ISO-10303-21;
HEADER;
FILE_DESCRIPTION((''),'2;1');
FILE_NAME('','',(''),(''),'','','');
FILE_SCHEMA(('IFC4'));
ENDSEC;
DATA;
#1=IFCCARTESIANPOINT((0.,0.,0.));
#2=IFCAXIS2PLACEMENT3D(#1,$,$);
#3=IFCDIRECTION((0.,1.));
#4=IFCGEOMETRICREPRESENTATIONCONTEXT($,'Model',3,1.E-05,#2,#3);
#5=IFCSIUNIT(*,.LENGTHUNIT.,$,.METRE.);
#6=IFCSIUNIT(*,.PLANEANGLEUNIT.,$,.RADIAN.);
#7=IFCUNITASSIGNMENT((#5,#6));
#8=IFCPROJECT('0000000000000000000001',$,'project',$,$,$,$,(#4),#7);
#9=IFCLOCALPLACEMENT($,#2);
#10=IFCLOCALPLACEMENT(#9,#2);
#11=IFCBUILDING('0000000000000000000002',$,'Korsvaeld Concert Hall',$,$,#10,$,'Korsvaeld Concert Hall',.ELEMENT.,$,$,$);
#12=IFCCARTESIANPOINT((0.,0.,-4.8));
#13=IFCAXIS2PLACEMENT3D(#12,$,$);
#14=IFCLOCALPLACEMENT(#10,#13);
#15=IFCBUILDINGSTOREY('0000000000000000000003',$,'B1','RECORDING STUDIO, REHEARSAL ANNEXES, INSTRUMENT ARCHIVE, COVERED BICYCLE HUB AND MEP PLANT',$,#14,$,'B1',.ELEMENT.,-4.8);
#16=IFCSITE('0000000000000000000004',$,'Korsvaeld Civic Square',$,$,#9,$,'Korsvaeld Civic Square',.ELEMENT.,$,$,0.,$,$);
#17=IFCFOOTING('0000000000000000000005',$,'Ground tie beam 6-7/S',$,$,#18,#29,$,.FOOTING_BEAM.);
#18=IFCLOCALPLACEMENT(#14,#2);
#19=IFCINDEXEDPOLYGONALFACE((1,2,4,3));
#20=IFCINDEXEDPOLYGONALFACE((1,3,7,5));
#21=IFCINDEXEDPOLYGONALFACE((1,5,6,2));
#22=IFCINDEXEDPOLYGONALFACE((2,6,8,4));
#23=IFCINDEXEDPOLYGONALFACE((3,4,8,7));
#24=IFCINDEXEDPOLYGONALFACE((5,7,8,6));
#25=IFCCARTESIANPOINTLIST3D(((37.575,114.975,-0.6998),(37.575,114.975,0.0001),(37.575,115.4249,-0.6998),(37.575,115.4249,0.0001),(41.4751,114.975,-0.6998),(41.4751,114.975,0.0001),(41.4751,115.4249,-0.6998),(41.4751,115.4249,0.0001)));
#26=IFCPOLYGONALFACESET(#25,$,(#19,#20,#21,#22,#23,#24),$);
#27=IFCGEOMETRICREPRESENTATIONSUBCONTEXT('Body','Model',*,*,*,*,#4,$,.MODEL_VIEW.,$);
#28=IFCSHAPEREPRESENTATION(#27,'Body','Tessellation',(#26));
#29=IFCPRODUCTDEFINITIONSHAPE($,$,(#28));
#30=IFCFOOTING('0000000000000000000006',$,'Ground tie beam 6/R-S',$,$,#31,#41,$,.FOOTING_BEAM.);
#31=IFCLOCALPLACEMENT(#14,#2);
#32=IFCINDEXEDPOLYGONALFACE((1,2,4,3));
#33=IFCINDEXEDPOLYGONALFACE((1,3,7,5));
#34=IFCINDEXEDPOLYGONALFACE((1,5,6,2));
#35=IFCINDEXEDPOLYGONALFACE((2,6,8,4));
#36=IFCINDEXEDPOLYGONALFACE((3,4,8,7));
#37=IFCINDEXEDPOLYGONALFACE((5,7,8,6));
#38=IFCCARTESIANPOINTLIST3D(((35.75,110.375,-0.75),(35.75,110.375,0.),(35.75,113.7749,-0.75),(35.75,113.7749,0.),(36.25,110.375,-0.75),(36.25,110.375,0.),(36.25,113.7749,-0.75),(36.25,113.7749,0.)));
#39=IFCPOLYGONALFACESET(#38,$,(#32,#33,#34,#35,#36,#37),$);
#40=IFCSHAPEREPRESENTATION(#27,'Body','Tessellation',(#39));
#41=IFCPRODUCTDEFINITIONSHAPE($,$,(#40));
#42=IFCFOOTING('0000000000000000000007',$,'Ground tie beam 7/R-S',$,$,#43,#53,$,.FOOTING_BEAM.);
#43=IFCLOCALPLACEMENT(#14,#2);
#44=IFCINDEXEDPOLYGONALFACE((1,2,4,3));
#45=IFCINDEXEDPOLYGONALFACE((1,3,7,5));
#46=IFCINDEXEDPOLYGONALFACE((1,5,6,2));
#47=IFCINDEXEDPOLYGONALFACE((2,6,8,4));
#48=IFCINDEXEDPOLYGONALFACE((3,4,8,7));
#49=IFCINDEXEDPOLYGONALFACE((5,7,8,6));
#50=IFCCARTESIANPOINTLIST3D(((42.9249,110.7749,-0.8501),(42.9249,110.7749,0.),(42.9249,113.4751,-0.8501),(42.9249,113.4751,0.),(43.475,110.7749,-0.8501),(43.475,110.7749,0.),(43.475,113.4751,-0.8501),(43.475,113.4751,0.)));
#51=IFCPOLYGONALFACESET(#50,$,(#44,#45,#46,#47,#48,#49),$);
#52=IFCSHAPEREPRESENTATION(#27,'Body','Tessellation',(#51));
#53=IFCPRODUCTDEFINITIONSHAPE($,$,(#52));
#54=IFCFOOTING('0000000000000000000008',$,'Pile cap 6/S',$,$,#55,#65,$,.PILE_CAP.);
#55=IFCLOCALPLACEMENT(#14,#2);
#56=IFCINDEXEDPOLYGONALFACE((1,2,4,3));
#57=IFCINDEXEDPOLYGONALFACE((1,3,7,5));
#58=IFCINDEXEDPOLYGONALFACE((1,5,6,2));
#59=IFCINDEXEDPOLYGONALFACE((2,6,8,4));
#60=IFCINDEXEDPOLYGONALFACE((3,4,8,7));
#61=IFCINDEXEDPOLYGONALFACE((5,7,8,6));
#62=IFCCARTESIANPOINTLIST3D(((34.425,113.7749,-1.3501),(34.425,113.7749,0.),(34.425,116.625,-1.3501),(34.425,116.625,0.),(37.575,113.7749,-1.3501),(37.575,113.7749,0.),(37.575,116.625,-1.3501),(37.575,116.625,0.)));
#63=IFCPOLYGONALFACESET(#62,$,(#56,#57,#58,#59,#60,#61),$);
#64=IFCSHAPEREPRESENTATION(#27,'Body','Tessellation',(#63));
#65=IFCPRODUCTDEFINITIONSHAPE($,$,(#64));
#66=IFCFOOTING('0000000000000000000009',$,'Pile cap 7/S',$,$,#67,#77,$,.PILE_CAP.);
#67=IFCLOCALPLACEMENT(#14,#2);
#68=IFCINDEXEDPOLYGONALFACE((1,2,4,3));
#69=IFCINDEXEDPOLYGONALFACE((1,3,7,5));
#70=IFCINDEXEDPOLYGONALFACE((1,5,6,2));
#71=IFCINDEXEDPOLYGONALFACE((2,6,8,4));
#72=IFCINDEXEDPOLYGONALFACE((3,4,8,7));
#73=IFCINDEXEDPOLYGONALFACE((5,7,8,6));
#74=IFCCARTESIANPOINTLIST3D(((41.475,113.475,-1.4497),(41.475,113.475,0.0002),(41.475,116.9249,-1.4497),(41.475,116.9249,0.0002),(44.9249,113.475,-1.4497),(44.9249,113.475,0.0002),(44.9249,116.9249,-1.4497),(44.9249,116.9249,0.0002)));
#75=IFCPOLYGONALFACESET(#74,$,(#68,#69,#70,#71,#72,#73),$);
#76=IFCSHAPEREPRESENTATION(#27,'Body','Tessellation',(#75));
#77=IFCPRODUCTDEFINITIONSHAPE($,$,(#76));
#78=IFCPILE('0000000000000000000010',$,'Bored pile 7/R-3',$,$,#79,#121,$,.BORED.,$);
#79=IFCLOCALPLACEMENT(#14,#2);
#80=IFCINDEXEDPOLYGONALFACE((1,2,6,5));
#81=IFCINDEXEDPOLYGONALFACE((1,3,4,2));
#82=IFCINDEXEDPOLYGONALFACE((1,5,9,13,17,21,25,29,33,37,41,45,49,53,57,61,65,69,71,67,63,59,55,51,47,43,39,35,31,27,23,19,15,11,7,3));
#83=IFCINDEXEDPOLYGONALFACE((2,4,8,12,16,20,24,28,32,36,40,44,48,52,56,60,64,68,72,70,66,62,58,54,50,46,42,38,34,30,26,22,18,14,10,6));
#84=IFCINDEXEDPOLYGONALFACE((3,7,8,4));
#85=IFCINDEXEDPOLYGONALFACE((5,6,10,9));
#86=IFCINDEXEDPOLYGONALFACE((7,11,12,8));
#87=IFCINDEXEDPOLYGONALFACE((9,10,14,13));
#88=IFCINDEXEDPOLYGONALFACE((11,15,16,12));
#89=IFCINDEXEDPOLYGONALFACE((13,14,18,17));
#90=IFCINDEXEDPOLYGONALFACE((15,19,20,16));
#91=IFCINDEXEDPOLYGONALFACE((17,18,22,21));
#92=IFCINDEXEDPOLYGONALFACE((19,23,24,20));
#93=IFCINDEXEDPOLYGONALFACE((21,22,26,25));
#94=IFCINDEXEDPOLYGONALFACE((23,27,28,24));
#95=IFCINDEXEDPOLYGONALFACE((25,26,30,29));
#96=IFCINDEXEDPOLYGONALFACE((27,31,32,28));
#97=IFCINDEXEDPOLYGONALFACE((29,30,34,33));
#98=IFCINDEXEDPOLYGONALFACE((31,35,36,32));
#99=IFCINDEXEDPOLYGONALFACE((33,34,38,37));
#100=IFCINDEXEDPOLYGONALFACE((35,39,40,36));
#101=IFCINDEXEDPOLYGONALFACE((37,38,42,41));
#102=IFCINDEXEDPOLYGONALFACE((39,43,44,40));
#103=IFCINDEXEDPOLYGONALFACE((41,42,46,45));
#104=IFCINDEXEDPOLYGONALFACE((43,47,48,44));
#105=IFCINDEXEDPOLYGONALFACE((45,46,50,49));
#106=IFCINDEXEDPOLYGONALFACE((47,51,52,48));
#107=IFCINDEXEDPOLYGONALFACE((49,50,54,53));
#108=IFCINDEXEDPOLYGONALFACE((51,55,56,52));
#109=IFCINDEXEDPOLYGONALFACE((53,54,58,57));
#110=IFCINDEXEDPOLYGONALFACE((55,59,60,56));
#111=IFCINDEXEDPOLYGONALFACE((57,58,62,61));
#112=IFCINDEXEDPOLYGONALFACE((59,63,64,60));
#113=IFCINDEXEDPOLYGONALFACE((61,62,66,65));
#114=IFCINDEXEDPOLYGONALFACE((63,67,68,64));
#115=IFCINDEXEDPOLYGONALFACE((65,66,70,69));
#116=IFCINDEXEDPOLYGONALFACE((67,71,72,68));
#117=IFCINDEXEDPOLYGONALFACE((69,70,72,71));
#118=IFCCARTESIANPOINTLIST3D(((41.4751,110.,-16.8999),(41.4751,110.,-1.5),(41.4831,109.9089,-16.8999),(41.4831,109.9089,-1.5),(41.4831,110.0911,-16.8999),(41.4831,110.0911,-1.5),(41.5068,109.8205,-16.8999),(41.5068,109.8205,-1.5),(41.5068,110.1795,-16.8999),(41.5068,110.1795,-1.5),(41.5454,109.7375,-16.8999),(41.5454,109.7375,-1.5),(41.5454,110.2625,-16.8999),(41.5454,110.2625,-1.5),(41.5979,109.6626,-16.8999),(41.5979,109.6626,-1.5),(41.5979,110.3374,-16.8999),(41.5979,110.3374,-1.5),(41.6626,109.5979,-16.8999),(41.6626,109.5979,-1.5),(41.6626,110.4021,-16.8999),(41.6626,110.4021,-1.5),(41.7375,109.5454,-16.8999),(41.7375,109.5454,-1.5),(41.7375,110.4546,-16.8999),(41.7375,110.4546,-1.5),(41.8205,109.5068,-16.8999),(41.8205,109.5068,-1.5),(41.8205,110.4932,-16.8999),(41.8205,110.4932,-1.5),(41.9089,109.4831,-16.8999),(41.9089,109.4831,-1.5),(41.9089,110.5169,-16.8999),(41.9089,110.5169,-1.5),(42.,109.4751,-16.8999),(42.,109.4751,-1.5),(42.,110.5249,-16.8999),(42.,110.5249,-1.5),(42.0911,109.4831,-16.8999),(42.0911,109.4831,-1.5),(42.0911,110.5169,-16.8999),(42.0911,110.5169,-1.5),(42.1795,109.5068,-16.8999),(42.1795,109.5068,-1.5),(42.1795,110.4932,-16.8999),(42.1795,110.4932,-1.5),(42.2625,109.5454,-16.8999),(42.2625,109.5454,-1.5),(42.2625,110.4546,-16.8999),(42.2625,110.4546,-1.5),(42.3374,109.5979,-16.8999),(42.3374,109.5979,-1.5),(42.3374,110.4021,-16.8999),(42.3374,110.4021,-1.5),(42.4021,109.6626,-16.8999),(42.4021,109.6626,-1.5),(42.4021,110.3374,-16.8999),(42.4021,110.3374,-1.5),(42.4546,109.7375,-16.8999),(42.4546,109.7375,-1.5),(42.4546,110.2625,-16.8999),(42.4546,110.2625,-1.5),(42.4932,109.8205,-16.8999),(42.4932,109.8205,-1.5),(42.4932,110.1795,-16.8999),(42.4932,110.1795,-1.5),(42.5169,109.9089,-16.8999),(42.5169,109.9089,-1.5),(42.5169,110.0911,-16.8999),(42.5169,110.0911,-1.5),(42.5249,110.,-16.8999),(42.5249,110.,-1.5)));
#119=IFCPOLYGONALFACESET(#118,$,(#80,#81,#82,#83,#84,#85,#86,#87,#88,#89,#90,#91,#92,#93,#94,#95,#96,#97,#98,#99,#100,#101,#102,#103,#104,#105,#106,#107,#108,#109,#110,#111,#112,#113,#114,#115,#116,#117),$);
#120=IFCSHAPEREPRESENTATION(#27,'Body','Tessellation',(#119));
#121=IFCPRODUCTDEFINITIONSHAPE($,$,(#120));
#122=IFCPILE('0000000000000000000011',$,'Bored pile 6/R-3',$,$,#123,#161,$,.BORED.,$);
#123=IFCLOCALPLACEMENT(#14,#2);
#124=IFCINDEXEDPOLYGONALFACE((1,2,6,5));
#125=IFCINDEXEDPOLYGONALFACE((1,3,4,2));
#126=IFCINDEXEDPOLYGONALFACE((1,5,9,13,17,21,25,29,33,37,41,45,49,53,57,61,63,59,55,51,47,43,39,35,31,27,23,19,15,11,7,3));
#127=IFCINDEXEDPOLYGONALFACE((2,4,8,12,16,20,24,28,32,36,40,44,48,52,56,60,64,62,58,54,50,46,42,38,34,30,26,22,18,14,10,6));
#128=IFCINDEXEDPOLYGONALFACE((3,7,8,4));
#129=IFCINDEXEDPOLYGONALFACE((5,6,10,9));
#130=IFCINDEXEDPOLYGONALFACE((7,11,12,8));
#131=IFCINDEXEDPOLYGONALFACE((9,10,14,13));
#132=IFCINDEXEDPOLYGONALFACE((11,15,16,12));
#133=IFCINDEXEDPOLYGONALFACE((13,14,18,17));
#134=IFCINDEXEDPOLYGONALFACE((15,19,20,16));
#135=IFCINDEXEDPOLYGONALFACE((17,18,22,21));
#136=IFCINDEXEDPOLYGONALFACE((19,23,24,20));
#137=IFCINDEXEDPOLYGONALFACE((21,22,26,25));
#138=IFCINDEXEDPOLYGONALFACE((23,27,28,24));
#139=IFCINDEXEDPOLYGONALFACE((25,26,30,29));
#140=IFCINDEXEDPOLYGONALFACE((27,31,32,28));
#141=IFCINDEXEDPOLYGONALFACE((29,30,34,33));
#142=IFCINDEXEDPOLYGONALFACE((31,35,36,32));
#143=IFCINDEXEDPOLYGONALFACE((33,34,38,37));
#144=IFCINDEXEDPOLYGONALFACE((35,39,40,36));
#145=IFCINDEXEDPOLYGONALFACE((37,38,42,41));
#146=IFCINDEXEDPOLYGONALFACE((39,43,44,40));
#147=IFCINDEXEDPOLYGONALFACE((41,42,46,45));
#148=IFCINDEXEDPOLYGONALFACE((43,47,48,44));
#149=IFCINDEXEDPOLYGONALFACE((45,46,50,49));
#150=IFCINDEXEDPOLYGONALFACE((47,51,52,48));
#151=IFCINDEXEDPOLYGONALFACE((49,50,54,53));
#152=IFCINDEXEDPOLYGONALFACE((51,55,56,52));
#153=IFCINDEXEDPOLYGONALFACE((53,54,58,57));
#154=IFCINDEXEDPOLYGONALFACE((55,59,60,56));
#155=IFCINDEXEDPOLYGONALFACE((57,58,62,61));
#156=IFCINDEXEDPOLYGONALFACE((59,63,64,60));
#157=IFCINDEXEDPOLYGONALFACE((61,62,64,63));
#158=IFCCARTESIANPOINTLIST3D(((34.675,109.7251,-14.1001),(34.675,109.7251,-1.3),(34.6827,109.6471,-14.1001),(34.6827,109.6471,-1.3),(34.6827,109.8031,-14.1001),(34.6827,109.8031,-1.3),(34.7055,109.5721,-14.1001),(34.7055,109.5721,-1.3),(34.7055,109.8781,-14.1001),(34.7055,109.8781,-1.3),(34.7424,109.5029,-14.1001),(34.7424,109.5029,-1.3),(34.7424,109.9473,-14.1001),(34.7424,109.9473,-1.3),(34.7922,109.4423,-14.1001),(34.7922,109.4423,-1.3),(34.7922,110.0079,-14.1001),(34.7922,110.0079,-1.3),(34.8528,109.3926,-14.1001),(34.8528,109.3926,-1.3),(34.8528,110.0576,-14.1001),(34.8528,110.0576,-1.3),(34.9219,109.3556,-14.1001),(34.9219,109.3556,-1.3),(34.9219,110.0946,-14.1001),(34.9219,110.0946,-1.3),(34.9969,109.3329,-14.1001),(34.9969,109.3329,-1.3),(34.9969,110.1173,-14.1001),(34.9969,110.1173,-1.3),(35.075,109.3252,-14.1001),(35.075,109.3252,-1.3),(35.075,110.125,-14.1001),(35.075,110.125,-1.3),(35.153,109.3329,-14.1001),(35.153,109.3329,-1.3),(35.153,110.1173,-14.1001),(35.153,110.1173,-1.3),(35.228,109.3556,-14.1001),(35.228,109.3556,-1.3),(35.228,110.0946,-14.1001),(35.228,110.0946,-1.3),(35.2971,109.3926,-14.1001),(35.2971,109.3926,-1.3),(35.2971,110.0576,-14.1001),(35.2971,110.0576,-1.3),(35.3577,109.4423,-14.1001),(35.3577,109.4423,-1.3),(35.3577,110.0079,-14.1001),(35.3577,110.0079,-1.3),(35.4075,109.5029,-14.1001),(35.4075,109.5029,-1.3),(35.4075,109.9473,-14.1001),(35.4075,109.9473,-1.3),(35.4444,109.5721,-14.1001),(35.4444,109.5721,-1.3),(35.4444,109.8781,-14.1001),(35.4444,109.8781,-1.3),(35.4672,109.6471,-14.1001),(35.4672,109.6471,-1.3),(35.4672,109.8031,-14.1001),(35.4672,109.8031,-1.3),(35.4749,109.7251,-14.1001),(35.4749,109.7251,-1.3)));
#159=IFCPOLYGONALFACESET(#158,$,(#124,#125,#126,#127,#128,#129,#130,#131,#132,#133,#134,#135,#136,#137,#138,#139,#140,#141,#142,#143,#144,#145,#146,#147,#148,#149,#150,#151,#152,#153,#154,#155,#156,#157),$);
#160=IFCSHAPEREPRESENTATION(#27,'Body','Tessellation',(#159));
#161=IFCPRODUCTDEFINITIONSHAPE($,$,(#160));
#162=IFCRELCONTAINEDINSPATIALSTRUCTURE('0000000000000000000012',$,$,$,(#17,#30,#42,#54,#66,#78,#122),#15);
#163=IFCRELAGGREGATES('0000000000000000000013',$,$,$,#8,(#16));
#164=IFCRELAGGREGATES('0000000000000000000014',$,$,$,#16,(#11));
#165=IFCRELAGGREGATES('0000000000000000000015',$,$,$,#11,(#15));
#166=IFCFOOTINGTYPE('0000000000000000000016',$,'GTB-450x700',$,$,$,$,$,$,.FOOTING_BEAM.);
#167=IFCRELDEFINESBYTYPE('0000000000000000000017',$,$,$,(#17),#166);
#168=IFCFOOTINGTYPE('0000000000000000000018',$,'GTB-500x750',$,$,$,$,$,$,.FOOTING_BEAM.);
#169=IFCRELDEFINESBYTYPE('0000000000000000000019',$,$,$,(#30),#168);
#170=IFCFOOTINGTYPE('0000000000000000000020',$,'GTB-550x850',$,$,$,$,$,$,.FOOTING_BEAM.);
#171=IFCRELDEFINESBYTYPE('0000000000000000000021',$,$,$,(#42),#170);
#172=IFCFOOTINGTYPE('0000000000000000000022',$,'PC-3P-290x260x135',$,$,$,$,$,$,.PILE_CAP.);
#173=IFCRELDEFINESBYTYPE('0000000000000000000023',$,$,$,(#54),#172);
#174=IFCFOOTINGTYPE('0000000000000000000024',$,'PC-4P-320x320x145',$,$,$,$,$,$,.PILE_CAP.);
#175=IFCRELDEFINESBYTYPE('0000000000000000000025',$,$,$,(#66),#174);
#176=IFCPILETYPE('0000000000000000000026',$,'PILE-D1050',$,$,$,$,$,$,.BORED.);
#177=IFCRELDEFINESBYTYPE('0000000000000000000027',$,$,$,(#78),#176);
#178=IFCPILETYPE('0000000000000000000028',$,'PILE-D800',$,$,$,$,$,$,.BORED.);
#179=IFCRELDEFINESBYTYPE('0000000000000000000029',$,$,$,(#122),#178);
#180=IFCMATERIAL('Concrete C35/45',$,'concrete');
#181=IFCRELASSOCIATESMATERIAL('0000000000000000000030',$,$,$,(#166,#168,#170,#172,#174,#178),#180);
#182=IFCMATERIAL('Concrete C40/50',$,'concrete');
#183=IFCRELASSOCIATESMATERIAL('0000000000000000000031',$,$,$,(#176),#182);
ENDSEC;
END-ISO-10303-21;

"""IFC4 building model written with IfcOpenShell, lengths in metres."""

from ifc_helpers import new_model, si_unit, direction, frame, origin, origin_2d, place, context, subcontext, project, spatial, rectangle, circle, extrude, material, material_profile, profile_set, type_object, element, save


model = new_model("IFC4")

# Units and contexts
model_context = context("Model", 3, precision=1e-05, world=origin(), true_north=direction((0.0, 1.0)))
body_context = subcontext(model_context, "Body", "Model", "MODEL_VIEW")
ifc_project = project(units=[si_unit("LENGTHUNIT", "METRE"), si_unit("PLANEANGLEUNIT", "RADIAN")], contexts=[model_context])

# Site, building, storey
site_placement = place(None, origin())
site = spatial("IfcSite", under=ifc_project, at=site_placement, Name="Korsvaeld Civic Square", LongName="Korsvaeld Civic Square", CompositionType="ELEMENT", RefElevation=0.0)
building_placement = place(site_placement, origin())
building = spatial("IfcBuilding", under=site, at=building_placement, Name="Korsvaeld Concert Hall", LongName="Korsvaeld Concert Hall", CompositionType="ELEMENT")
storey_placement = place(building_placement, frame((0.0, 0.0, -4.8)))
storey = spatial("IfcBuildingStorey", under=building, at=storey_placement, Name="B1", Description="RECORDING STUDIO, REHEARSAL ANNEXES, INSTRUMENT ARCHIVE, COVERED BICYCLE HUB AND MEP PLANT", LongName="B1", CompositionType="ELEMENT", Elevation=-4.8)

# Footings
ifc_material_1 = material(Name="Concrete C35/45", Category="concrete")
ifc_material_profile_1 = material_profile(ifc_material_1, rectangle(XDim=0.45, YDim=0.7, at=origin_2d()), Name="GTB 450x700")
ifc_profile_set_1 = profile_set([ifc_material_profile_1], Name="Concrete C35/45")
footing_type_1 = type_object("IfcFootingType", Name="GTB-450x700", PredefinedType="FOOTING_BEAM", material=ifc_profile_set_1)
footing_1_placement = place(storey_placement, frame((37.575, 115.2, -0.3499), z_axis=(1.0, 0.0, 0.0), x_axis=(0.0, 1.0, 0.0)))
element("IfcFooting", 1, at=footing_1_placement, inside=storey, type_object=footing_type_1, Name="Ground tie beam 6-7/S", PredefinedType="FOOTING_BEAM", context=body_context, shape_type="SweptSolid", body=[
    extrude(rectangle(XDim=0.45, YDim=0.7, at=origin_2d()), origin(), (0.0, 0.0, 1.0), 3.9001),
])
ifc_material_profile_2 = material_profile(ifc_material_1, rectangle(XDim=0.5, YDim=0.75, at=origin_2d()), Name="GTB 500x750")
ifc_profile_set_2 = profile_set([ifc_material_profile_2], Name="Concrete C35/45")
footing_type_2 = type_object("IfcFootingType", Name="GTB-500x750", PredefinedType="FOOTING_BEAM", material=ifc_profile_set_2)
footing_2_placement = place(storey_placement, frame((36.0, 110.375, -0.375), z_axis=(0.0, 1.0, 0.0), x_axis=(-1.0, 0.0, 0.0)))
element("IfcFooting", 2, at=footing_2_placement, inside=storey, type_object=footing_type_2, Name="Ground tie beam 6/R-S", PredefinedType="FOOTING_BEAM", context=body_context, shape_type="SweptSolid", body=[
    extrude(rectangle(XDim=0.5, YDim=0.75, at=origin_2d()), origin(), (0.0, 0.0, 1.0), 3.3999),
])
ifc_material_profile_3 = material_profile(ifc_material_1, rectangle(XDim=0.55, YDim=0.8501, at=origin_2d()), Name="GTB 550x850")
ifc_profile_set_3 = profile_set([ifc_material_profile_3], Name="Concrete C35/45")
footing_type_3 = type_object("IfcFootingType", Name="GTB-550x850", PredefinedType="FOOTING_BEAM", material=ifc_profile_set_3)
footing_3_placement = place(storey_placement, frame((43.2, 110.7749, -0.425), z_axis=(0.0, 1.0, 0.0), x_axis=(-1.0, 0.0, 0.0)))
element("IfcFooting", 3, at=footing_3_placement, inside=storey, type_object=footing_type_3, Name="Ground tie beam 7/R-S", PredefinedType="FOOTING_BEAM", context=body_context, shape_type="SweptSolid", body=[
    extrude(rectangle(XDim=0.55, YDim=0.8501, at=origin_2d()), origin(), (0.0, 0.0, 1.0), 2.7002),
])
footing_type_4 = type_object("IfcFootingType", Name="PC-3P-290x260x135", PredefinedType="PILE_CAP", material=ifc_material_1)
footing_4_placement = place(storey_placement, frame((36.0, 115.2, -1.3501), z_axis=(0.0, 0.0, 1.0), x_axis=(1.0, 0.0, 0.0)))
element("IfcFooting", 4, at=footing_4_placement, inside=storey, type_object=footing_type_4, Name="Pile cap 6/S", PredefinedType="PILE_CAP", context=body_context, shape_type="SweptSolid", body=[
    extrude(rectangle(XDim=3.1499, YDim=2.8501, at=origin_2d()), origin(), (0.0, 0.0, 1.0), 1.3501),
])
footing_type_5 = type_object("IfcFootingType", Name="PC-4P-320x320x145", PredefinedType="PILE_CAP", material=ifc_material_1)
footing_5_placement = place(storey_placement, frame((43.2, 115.2, -1.4497), z_axis=(0.0, 0.0, 1.0), x_axis=(1.0, 0.0, 0.0)))
element("IfcFooting", 5, at=footing_5_placement, inside=storey, type_object=footing_type_5, Name="Pile cap 7/S", PredefinedType="PILE_CAP", context=body_context, shape_type="SweptSolid", body=[
    extrude(rectangle(XDim=3.45, YDim=3.45, at=origin_2d()), origin(), (0.0, 0.0, 1.0), 1.45),
])

# Piles
ifc_material_2 = material(Name="Concrete C40/50", Category="concrete")
ifc_material_profile_4 = material_profile(ifc_material_2, circle(Radius=0.5249, at=origin_2d()), Name="BORED PILE D1050")
ifc_profile_set_4 = profile_set([ifc_material_profile_4], Name="Concrete C40/50")
pile_type_1 = type_object("IfcPileType", Name="PILE-D1050", PredefinedType="BORED", material=ifc_profile_set_4)
pile_placement = place(storey_placement, frame((42.0, 110.0, -1.5), z_axis=(0.0, 0.0, -1.0), x_axis=(1.0, 0.0, 0.0)))
element("IfcPile", 6, at=pile_placement, inside=storey, type_object=pile_type_1, Name="Bored pile 7/R-3", PredefinedType="BORED", context=body_context, shape_type="SweptSolid", body=[
    extrude(circle(Radius=0.5249, at=origin_2d()), origin(), (0.0, 0.0, 1.0), 15.3999),
])
ifc_material_profile_5 = material_profile(ifc_material_1, circle(Radius=0.3999, at=origin_2d()), Name="BORED PILE D800")
ifc_profile_set_5 = profile_set([ifc_material_profile_5], Name="Concrete C35/45")
pile_type_2 = type_object("IfcPileType", Name="PILE-D800", PredefinedType="BORED", material=ifc_profile_set_5)
for number, where, z_axis, x_axis, name in (
    (7, (35.075, 109.7251, -1.3), (0.0, 0.0, -1.0), (1.0, 0.0, 0.0), "Bored pile 6/R-3"),
):
    element("IfcPile", number, at=place(storey_placement, frame(where, z_axis=z_axis, x_axis=x_axis)), inside=storey, type_object=pile_type_2, Name=name, PredefinedType="BORED", context=body_context, shape_type="SweptSolid", body=[
        extrude(circle(Radius=0.3999, at=origin_2d()), origin(), (0.0, 0.0, 1.0), 12.8),
    ])

save(model, "model.ifc")
